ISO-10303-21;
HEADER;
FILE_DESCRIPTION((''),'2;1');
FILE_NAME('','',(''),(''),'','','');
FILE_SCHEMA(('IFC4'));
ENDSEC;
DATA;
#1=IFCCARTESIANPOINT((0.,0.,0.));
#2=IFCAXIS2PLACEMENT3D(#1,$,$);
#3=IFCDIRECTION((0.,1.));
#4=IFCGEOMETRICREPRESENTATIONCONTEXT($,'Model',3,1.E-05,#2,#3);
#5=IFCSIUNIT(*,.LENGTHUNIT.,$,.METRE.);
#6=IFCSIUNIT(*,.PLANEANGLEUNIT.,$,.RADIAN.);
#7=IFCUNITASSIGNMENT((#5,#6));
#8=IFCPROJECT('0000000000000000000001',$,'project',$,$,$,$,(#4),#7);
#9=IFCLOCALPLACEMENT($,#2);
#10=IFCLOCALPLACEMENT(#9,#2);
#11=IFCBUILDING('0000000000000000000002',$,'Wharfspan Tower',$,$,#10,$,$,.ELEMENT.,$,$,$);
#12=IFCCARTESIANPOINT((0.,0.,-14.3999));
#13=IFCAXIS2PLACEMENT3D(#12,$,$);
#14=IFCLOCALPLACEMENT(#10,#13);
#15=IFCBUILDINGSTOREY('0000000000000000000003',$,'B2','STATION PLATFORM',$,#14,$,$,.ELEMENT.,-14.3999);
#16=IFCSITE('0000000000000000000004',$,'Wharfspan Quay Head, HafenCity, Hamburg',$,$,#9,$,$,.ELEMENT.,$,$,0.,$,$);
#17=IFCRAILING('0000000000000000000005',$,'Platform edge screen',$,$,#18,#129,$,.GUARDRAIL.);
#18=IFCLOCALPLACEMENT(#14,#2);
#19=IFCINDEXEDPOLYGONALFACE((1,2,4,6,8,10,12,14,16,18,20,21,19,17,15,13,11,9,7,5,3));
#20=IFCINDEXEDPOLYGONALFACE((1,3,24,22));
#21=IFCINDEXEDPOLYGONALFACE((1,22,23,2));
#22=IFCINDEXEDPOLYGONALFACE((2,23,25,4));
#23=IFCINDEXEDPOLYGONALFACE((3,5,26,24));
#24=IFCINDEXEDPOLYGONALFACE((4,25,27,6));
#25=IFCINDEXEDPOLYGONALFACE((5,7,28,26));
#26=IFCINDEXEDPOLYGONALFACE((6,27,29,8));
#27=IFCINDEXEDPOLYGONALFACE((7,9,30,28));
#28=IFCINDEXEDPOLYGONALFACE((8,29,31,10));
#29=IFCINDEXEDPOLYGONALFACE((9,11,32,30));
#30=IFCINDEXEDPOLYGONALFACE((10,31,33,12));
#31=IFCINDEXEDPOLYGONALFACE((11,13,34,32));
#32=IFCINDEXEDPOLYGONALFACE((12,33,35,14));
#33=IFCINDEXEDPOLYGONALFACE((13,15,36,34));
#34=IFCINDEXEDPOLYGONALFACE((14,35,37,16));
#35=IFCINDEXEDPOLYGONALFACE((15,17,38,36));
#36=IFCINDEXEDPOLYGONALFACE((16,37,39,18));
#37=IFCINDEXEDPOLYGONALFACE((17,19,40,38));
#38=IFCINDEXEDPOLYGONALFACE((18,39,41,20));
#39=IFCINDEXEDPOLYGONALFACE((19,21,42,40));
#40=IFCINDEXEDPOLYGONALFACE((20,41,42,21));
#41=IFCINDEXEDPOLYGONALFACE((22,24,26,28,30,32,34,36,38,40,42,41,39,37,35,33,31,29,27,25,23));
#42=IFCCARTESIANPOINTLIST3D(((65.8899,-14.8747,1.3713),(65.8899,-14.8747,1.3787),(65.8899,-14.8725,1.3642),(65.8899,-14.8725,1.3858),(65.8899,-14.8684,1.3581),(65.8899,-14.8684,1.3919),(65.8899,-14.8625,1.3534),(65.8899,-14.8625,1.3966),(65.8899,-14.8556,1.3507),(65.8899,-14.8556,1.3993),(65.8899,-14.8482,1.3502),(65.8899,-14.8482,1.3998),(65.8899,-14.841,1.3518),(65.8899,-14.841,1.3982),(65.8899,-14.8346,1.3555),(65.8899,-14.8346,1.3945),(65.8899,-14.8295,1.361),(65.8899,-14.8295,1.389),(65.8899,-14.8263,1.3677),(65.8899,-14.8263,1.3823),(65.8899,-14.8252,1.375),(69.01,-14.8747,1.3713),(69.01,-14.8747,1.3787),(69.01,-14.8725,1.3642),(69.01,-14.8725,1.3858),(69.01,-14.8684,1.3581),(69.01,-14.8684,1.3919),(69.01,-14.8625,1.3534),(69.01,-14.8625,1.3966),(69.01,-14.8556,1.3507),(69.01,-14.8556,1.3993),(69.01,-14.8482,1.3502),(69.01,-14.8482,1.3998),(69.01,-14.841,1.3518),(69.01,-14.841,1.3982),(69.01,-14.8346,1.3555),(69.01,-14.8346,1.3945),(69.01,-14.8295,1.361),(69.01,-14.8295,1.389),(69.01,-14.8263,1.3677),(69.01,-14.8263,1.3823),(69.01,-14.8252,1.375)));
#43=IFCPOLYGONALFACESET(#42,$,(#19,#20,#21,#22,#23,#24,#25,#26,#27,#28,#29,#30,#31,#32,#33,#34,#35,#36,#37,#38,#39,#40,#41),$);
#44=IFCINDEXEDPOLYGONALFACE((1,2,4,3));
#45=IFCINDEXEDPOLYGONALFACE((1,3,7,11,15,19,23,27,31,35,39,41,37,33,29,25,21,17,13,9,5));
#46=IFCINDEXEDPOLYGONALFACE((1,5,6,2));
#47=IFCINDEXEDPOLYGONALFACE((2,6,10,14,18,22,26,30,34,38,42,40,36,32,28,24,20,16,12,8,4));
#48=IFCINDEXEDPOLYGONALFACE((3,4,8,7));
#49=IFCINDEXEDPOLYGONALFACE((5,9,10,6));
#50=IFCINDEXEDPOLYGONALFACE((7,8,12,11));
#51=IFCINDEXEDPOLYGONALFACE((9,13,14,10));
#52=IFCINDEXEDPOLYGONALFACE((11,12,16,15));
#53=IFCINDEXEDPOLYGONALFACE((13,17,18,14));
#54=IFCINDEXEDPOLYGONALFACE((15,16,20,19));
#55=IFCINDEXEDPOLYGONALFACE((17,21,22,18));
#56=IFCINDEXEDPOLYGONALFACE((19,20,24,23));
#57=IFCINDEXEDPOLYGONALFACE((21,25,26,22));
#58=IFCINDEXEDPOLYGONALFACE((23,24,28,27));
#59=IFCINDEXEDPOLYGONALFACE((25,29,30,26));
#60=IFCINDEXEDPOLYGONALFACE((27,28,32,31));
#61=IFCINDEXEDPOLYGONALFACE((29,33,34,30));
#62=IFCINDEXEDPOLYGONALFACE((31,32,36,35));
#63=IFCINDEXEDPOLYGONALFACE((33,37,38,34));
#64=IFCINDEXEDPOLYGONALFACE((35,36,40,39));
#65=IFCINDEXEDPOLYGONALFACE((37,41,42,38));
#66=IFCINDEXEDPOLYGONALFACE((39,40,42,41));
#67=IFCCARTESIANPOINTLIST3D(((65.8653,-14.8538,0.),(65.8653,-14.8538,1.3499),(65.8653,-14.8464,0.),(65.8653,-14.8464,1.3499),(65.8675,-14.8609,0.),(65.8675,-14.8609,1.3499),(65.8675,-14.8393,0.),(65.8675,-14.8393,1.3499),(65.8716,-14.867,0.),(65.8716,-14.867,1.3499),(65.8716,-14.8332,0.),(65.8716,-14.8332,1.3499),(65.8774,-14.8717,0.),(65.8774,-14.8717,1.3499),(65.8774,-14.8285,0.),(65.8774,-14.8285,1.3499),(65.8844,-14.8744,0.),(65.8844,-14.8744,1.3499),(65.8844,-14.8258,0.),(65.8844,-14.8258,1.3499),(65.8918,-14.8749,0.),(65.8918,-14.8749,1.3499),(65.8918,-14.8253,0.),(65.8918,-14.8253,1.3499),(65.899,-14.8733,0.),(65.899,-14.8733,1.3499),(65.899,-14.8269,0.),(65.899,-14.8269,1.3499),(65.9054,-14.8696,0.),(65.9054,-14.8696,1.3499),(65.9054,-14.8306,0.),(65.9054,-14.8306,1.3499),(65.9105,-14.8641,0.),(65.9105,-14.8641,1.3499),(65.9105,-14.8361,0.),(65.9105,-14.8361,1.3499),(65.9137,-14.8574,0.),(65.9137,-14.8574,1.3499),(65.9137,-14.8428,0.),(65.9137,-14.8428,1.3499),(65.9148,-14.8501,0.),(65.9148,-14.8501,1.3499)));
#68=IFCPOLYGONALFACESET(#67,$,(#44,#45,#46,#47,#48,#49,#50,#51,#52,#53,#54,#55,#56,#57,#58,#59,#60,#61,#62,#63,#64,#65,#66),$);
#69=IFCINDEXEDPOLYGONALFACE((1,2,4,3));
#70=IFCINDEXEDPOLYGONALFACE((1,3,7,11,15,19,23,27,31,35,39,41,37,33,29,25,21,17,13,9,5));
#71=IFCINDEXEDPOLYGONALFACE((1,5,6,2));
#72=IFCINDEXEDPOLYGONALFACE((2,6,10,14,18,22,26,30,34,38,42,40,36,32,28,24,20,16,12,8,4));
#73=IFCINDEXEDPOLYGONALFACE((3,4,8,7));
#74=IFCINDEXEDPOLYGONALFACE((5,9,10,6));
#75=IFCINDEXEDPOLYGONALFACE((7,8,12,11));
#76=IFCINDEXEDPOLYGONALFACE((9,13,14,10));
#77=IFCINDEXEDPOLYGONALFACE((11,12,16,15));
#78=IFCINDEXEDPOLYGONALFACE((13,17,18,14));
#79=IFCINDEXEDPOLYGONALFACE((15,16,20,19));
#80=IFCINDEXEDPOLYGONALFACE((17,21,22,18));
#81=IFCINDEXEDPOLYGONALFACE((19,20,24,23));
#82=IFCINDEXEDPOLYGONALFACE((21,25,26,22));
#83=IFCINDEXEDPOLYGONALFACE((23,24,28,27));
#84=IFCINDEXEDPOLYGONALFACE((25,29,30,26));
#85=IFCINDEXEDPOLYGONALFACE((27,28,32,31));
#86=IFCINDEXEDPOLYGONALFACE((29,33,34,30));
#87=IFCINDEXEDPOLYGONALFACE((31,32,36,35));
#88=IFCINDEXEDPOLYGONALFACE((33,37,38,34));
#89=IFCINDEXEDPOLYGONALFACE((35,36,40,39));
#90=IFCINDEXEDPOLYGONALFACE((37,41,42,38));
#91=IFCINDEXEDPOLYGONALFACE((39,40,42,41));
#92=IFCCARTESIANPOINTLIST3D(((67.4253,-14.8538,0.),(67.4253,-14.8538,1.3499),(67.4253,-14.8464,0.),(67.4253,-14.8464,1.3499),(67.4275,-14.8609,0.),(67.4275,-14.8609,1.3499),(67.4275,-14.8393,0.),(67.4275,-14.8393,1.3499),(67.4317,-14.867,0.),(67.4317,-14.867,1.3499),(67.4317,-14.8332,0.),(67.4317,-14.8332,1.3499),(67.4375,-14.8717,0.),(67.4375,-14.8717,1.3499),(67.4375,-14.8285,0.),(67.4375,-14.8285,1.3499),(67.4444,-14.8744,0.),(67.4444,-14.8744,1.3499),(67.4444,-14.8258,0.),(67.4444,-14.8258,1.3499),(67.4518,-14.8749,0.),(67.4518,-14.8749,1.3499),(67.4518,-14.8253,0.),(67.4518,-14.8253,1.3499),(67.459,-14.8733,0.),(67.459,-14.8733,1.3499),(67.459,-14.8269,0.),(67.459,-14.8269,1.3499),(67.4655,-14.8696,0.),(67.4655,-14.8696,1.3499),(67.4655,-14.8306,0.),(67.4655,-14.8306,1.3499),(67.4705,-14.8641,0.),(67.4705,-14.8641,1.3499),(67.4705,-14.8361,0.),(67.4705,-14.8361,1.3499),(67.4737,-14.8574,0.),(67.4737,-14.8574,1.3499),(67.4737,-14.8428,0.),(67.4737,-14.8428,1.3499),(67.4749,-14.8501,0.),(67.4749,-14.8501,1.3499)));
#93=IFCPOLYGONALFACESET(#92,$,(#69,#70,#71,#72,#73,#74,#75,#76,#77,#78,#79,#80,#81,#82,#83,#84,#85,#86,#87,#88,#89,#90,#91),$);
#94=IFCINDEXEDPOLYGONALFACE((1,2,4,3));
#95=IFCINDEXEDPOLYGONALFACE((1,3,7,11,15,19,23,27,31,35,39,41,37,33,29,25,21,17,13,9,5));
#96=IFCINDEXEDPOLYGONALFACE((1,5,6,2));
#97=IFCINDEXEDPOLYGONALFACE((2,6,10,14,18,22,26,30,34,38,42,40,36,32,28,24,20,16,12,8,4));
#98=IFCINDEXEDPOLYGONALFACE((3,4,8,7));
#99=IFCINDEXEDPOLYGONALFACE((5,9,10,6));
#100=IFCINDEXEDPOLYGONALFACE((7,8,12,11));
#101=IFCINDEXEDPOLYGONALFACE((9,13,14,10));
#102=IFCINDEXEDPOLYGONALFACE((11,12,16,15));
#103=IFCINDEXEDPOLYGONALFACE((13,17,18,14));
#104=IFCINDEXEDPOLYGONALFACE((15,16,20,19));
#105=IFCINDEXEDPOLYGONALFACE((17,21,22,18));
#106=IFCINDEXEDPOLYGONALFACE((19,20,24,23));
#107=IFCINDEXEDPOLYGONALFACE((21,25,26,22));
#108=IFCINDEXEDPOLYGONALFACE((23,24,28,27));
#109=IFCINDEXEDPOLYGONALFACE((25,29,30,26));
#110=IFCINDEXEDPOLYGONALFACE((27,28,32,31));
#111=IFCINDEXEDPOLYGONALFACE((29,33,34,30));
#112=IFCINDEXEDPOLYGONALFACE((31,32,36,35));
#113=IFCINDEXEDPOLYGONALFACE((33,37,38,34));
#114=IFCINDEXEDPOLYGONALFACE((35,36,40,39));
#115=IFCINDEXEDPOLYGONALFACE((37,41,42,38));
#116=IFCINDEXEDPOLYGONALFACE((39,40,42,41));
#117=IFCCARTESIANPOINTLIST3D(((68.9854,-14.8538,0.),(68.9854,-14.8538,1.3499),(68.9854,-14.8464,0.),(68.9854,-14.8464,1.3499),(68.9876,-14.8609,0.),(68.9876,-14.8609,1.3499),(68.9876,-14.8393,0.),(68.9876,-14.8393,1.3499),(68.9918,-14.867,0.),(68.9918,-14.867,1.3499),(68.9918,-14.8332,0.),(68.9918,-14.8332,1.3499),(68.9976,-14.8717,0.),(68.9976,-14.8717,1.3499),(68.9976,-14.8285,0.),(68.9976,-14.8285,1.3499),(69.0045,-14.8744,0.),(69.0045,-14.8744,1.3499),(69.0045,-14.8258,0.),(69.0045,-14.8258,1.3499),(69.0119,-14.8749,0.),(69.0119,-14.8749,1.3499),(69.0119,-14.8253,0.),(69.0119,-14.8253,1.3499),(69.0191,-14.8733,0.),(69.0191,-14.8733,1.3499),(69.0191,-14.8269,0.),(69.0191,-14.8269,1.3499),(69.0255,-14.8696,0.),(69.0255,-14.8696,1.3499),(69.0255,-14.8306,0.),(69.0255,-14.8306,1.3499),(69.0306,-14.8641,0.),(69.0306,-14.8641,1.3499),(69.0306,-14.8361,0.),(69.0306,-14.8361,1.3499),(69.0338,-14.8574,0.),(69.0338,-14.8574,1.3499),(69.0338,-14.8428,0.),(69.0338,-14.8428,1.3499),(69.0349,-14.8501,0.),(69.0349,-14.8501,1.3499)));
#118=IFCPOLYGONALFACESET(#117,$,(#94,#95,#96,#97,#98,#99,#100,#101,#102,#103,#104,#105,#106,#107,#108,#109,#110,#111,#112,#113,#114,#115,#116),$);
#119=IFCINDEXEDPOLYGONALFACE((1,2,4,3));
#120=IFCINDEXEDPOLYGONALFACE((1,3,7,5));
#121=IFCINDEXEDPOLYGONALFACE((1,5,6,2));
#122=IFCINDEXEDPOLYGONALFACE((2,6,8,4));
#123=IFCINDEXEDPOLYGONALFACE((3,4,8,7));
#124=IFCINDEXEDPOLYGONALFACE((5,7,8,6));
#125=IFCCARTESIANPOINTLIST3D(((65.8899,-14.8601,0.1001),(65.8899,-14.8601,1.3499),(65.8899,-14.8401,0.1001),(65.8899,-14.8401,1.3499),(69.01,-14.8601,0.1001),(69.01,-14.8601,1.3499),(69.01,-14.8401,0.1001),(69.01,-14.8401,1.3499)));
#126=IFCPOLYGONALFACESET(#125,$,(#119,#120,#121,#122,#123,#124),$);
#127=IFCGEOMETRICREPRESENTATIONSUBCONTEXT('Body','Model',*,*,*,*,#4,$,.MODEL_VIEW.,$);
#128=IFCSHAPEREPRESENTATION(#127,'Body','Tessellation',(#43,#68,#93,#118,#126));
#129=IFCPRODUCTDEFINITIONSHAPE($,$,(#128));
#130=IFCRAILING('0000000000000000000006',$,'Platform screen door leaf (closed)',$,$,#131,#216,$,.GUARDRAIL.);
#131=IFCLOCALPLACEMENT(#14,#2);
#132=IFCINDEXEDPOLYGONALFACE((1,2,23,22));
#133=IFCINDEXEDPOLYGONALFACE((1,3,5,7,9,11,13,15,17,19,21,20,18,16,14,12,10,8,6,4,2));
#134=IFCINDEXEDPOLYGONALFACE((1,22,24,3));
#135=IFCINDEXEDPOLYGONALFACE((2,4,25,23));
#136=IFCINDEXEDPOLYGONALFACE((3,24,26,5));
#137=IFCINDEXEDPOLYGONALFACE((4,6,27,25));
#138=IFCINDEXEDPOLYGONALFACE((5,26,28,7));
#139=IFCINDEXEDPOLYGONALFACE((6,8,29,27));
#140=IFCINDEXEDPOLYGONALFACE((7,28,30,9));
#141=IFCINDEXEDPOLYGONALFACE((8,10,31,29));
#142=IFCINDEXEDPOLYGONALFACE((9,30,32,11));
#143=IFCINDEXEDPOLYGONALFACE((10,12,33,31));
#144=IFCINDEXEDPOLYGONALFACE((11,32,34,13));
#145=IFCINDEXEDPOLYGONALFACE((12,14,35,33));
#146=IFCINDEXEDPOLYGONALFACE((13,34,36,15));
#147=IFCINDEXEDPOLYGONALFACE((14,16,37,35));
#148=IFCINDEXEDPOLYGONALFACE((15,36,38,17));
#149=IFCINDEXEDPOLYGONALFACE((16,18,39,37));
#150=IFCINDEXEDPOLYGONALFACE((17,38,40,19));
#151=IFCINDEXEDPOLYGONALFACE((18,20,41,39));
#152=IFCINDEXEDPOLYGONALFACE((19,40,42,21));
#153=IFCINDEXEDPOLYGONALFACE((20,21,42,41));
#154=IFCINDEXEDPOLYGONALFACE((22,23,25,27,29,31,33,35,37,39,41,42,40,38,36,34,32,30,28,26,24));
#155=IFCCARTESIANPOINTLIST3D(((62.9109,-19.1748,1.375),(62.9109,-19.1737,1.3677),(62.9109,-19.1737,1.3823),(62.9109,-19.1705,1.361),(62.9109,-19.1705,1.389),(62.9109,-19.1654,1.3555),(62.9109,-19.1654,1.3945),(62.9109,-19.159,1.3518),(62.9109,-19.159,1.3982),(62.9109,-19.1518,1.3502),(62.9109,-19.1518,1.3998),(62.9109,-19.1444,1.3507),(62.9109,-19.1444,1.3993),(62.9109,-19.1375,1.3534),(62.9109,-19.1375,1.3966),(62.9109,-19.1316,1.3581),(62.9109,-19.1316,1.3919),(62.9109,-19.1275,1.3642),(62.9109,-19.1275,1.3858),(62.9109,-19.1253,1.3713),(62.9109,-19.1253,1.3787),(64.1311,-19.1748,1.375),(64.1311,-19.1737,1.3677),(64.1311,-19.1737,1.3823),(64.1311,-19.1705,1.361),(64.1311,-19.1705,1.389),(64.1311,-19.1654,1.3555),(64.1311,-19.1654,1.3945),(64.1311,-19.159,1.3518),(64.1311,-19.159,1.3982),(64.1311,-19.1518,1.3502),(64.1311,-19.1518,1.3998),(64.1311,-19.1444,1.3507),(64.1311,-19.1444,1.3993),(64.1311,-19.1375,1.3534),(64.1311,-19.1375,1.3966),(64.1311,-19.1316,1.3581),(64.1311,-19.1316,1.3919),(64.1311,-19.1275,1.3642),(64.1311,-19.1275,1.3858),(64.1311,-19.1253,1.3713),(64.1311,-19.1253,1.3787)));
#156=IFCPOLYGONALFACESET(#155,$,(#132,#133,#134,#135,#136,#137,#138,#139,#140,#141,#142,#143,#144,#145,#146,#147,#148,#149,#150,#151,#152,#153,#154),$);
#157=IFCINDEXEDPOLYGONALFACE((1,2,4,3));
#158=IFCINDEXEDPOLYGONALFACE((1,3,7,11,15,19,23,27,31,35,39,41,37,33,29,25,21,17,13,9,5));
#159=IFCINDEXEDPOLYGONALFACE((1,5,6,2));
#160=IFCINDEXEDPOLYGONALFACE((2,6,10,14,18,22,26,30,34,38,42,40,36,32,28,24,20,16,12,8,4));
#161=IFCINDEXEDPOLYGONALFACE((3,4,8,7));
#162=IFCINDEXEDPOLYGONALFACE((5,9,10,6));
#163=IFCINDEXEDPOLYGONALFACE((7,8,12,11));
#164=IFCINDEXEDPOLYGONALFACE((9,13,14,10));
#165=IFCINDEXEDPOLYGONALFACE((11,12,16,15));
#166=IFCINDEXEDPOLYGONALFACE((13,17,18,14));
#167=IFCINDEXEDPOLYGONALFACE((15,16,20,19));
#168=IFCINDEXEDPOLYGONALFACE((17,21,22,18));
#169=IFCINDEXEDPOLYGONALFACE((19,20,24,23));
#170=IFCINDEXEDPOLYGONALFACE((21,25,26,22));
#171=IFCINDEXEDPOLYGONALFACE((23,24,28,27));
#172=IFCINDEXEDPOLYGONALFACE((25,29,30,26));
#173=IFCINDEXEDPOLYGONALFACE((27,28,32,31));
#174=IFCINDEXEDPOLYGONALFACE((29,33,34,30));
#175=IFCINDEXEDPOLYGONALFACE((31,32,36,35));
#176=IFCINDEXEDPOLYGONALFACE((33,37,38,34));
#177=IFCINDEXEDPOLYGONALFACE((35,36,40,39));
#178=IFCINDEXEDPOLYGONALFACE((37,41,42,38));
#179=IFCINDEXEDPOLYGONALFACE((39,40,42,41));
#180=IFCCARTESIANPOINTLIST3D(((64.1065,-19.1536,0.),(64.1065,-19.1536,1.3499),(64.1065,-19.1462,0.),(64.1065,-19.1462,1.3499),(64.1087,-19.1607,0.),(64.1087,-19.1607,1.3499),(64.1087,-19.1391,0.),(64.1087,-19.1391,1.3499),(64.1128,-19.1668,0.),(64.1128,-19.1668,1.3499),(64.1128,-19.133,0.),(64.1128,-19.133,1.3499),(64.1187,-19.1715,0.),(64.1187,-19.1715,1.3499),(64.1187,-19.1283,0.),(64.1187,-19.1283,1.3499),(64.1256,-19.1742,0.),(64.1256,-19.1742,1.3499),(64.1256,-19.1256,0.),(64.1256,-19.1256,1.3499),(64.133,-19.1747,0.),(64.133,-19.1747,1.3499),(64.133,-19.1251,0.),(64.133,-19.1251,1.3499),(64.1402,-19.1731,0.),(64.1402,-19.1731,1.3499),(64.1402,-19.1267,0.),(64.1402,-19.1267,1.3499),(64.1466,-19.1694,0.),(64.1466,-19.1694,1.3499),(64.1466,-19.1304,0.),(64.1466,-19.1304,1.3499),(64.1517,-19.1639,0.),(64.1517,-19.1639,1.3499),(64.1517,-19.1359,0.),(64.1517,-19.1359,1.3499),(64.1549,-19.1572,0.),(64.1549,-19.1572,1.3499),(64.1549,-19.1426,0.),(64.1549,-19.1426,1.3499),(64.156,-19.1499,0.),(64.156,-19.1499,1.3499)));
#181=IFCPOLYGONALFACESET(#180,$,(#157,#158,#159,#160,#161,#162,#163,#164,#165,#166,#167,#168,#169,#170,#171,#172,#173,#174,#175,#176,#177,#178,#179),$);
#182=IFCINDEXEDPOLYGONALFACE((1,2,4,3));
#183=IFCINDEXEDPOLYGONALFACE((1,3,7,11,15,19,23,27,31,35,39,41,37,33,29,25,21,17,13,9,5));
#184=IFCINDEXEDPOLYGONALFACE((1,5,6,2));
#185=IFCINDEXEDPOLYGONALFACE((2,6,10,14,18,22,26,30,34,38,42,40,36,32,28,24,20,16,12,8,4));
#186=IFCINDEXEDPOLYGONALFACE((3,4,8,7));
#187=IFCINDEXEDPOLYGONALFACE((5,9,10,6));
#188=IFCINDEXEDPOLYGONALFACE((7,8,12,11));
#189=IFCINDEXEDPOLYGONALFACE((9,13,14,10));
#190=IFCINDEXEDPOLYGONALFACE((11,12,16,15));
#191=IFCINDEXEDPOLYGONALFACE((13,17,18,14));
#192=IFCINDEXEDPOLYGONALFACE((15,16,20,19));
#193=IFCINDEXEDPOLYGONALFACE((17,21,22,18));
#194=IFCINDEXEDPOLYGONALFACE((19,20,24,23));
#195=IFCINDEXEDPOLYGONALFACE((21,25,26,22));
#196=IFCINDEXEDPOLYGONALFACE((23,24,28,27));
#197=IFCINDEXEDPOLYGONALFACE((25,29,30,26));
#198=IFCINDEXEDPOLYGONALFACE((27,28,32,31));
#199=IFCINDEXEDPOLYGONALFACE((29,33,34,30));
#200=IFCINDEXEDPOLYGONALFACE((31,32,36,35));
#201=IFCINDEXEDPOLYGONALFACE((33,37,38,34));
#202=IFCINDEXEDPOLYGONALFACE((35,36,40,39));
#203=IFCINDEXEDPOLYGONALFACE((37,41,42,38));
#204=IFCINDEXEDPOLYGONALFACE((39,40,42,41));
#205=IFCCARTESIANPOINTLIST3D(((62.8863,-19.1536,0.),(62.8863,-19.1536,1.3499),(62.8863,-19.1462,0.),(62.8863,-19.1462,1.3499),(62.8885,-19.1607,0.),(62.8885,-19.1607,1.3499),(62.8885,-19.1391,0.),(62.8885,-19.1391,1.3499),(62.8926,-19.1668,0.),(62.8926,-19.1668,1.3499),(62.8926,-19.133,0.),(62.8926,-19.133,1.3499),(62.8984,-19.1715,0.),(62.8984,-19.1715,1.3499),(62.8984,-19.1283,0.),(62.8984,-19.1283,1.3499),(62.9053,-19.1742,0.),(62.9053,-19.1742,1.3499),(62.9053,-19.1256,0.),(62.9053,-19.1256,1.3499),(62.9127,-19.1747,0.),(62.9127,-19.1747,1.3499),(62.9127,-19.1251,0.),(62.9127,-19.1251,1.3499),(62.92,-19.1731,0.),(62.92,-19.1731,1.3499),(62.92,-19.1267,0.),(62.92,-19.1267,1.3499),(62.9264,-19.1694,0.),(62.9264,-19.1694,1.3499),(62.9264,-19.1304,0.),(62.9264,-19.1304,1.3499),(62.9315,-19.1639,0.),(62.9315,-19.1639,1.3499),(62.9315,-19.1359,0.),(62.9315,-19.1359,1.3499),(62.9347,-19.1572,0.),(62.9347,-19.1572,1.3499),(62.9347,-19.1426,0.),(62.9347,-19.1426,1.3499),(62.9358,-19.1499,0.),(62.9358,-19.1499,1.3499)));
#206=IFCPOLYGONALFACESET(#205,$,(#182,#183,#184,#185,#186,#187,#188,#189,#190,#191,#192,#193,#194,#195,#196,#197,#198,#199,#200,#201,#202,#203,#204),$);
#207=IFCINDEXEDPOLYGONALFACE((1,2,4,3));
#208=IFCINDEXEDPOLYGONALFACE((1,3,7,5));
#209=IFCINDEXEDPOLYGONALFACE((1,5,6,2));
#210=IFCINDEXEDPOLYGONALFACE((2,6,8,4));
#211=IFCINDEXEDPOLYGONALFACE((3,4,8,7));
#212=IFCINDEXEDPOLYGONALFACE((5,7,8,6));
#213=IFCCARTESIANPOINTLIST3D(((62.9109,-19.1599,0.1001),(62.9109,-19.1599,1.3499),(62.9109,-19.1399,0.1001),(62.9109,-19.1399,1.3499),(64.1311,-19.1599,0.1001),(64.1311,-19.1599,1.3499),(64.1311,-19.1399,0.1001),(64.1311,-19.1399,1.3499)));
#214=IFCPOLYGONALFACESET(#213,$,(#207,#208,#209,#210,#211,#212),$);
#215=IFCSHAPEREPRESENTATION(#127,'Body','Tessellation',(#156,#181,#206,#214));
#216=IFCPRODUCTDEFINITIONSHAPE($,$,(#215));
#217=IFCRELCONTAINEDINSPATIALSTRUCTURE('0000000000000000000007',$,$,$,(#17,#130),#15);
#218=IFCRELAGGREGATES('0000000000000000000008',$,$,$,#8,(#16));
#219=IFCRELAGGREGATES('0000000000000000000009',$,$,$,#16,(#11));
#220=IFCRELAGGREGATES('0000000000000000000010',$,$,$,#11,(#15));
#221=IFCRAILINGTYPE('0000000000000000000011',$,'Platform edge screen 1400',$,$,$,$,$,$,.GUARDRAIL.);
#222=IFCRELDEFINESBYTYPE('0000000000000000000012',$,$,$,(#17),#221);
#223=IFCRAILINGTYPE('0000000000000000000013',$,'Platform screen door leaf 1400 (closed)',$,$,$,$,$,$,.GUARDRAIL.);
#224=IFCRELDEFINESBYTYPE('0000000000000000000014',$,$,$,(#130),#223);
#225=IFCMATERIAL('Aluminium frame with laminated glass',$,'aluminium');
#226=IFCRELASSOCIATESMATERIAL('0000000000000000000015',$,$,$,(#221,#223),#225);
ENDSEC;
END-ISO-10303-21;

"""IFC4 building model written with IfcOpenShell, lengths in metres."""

from ifc_helpers import new_model, si_unit, direction, frame, origin, origin_2d, place, context, subcontext, project, spatial, rectangle, circle, extrude, material, type_object, element, save


model = new_model("IFC4")

# Units and contexts
model_context = context("Model", 3, precision=1e-05, world=origin(), true_north=direction((0.0, 1.0)))
body_context = subcontext(model_context, "Body", "Model", "MODEL_VIEW")
ifc_project = project(units=[si_unit("LENGTHUNIT", "METRE"), si_unit("PLANEANGLEUNIT", "RADIAN")], contexts=[model_context])

# Site, building, storey
site_placement = place(None, origin())
site = spatial("IfcSite", under=ifc_project, at=site_placement, Name="Wharfspan Quay Head, HafenCity, Hamburg", CompositionType="ELEMENT", RefElevation=0.0)
building_placement = place(site_placement, origin())
building = spatial("IfcBuilding", under=site, at=building_placement, Name="Wharfspan Tower", CompositionType="ELEMENT")
storey_placement = place(building_placement, frame((0.0, 0.0, -14.3999)))
storey = spatial("IfcBuildingStorey", under=building, at=storey_placement, Name="B2", Description="STATION PLATFORM", CompositionType="ELEMENT", Elevation=-14.3999)

# Railings
ifc_material_1 = material(Name="Aluminium frame with laminated glass", Category="aluminium")
railing_type_1 = type_object("IfcRailingType", Name="Platform edge screen 1400", PredefinedType="GUARDRAIL", material=ifc_material_1)
for number, where, name in (
    (1, (65.8899, -14.8501, 0.0), "Platform edge screen"),
):
    element("IfcRailing", number, at=place(storey_placement, frame(where)), inside=storey, type_object=railing_type_1, Name=name, PredefinedType="GUARDRAIL", context=body_context, shape_type="SweptSolid", body=[
        extrude(circle(Radius=0.0249, at=origin_2d()), frame((0.0, 0.0, 1.375), z_axis=(1.0, 0.0, 0.0), x_axis=(0.0, 1.0, 0.0)), (0.0, 0.0, 1.0), 3.1201),
        extrude(circle(Radius=0.0249, at=origin_2d()), origin(), (0.0, 0.0, 1.0), 1.3499),
        extrude(circle(Radius=0.0249, at=origin_2d()), frame((1.5601, 0.0, 0.0)), (0.0, 0.0, 1.0), 1.3499),
        extrude(circle(Radius=0.0249, at=origin_2d()), frame((3.1201, 0.0, 0.0)), (0.0, 0.0, 1.0), 1.3499),
        extrude(rectangle(XDim=3.1201, YDim=0.02, at=origin_2d()), frame((1.5601, 0.0, 0.1001), z_axis=(0.0, 0.0, 1.0), x_axis=(1.0, 0.0, 0.0)), (0.0, 0.0, 1.0), 1.2498),
    ])
railing_type_2 = type_object("IfcRailingType", Name="Platform screen door leaf 1400 (closed)", PredefinedType="GUARDRAIL", material=ifc_material_1)
railing_1_placement = place(storey_placement, frame((64.1311, -19.1499, 0.0)))
element("IfcRailing", 2, at=railing_1_placement, inside=storey, type_object=railing_type_2, Name="Platform screen door leaf (closed)", PredefinedType="GUARDRAIL", context=body_context, shape_type="SweptSolid", body=[
    extrude(circle(Radius=0.0249, at=origin_2d()), frame((0.0, 0.0, 1.375), z_axis=(-1.0, 0.0, 0.0), x_axis=(0.0, -1.0, 0.0)), (0.0, 0.0, 1.0), 1.2202),
    extrude(circle(Radius=0.0249, at=origin_2d()), origin(), (0.0, 0.0, 1.0), 1.3499),
    extrude(circle(Radius=0.0249, at=origin_2d()), frame((-1.2202, 0.0, 0.0)), (0.0, 0.0, 1.0), 1.3499),
    extrude(rectangle(XDim=1.2202, YDim=0.02, at=origin_2d()), frame((-0.6101, 0.0, 0.1001), z_axis=(0.0, 0.0, 1.0), x_axis=(-1.0, 0.0, 0.0)), (0.0, 0.0, 1.0), 1.2498),
])

save(model, "model.ifc")
